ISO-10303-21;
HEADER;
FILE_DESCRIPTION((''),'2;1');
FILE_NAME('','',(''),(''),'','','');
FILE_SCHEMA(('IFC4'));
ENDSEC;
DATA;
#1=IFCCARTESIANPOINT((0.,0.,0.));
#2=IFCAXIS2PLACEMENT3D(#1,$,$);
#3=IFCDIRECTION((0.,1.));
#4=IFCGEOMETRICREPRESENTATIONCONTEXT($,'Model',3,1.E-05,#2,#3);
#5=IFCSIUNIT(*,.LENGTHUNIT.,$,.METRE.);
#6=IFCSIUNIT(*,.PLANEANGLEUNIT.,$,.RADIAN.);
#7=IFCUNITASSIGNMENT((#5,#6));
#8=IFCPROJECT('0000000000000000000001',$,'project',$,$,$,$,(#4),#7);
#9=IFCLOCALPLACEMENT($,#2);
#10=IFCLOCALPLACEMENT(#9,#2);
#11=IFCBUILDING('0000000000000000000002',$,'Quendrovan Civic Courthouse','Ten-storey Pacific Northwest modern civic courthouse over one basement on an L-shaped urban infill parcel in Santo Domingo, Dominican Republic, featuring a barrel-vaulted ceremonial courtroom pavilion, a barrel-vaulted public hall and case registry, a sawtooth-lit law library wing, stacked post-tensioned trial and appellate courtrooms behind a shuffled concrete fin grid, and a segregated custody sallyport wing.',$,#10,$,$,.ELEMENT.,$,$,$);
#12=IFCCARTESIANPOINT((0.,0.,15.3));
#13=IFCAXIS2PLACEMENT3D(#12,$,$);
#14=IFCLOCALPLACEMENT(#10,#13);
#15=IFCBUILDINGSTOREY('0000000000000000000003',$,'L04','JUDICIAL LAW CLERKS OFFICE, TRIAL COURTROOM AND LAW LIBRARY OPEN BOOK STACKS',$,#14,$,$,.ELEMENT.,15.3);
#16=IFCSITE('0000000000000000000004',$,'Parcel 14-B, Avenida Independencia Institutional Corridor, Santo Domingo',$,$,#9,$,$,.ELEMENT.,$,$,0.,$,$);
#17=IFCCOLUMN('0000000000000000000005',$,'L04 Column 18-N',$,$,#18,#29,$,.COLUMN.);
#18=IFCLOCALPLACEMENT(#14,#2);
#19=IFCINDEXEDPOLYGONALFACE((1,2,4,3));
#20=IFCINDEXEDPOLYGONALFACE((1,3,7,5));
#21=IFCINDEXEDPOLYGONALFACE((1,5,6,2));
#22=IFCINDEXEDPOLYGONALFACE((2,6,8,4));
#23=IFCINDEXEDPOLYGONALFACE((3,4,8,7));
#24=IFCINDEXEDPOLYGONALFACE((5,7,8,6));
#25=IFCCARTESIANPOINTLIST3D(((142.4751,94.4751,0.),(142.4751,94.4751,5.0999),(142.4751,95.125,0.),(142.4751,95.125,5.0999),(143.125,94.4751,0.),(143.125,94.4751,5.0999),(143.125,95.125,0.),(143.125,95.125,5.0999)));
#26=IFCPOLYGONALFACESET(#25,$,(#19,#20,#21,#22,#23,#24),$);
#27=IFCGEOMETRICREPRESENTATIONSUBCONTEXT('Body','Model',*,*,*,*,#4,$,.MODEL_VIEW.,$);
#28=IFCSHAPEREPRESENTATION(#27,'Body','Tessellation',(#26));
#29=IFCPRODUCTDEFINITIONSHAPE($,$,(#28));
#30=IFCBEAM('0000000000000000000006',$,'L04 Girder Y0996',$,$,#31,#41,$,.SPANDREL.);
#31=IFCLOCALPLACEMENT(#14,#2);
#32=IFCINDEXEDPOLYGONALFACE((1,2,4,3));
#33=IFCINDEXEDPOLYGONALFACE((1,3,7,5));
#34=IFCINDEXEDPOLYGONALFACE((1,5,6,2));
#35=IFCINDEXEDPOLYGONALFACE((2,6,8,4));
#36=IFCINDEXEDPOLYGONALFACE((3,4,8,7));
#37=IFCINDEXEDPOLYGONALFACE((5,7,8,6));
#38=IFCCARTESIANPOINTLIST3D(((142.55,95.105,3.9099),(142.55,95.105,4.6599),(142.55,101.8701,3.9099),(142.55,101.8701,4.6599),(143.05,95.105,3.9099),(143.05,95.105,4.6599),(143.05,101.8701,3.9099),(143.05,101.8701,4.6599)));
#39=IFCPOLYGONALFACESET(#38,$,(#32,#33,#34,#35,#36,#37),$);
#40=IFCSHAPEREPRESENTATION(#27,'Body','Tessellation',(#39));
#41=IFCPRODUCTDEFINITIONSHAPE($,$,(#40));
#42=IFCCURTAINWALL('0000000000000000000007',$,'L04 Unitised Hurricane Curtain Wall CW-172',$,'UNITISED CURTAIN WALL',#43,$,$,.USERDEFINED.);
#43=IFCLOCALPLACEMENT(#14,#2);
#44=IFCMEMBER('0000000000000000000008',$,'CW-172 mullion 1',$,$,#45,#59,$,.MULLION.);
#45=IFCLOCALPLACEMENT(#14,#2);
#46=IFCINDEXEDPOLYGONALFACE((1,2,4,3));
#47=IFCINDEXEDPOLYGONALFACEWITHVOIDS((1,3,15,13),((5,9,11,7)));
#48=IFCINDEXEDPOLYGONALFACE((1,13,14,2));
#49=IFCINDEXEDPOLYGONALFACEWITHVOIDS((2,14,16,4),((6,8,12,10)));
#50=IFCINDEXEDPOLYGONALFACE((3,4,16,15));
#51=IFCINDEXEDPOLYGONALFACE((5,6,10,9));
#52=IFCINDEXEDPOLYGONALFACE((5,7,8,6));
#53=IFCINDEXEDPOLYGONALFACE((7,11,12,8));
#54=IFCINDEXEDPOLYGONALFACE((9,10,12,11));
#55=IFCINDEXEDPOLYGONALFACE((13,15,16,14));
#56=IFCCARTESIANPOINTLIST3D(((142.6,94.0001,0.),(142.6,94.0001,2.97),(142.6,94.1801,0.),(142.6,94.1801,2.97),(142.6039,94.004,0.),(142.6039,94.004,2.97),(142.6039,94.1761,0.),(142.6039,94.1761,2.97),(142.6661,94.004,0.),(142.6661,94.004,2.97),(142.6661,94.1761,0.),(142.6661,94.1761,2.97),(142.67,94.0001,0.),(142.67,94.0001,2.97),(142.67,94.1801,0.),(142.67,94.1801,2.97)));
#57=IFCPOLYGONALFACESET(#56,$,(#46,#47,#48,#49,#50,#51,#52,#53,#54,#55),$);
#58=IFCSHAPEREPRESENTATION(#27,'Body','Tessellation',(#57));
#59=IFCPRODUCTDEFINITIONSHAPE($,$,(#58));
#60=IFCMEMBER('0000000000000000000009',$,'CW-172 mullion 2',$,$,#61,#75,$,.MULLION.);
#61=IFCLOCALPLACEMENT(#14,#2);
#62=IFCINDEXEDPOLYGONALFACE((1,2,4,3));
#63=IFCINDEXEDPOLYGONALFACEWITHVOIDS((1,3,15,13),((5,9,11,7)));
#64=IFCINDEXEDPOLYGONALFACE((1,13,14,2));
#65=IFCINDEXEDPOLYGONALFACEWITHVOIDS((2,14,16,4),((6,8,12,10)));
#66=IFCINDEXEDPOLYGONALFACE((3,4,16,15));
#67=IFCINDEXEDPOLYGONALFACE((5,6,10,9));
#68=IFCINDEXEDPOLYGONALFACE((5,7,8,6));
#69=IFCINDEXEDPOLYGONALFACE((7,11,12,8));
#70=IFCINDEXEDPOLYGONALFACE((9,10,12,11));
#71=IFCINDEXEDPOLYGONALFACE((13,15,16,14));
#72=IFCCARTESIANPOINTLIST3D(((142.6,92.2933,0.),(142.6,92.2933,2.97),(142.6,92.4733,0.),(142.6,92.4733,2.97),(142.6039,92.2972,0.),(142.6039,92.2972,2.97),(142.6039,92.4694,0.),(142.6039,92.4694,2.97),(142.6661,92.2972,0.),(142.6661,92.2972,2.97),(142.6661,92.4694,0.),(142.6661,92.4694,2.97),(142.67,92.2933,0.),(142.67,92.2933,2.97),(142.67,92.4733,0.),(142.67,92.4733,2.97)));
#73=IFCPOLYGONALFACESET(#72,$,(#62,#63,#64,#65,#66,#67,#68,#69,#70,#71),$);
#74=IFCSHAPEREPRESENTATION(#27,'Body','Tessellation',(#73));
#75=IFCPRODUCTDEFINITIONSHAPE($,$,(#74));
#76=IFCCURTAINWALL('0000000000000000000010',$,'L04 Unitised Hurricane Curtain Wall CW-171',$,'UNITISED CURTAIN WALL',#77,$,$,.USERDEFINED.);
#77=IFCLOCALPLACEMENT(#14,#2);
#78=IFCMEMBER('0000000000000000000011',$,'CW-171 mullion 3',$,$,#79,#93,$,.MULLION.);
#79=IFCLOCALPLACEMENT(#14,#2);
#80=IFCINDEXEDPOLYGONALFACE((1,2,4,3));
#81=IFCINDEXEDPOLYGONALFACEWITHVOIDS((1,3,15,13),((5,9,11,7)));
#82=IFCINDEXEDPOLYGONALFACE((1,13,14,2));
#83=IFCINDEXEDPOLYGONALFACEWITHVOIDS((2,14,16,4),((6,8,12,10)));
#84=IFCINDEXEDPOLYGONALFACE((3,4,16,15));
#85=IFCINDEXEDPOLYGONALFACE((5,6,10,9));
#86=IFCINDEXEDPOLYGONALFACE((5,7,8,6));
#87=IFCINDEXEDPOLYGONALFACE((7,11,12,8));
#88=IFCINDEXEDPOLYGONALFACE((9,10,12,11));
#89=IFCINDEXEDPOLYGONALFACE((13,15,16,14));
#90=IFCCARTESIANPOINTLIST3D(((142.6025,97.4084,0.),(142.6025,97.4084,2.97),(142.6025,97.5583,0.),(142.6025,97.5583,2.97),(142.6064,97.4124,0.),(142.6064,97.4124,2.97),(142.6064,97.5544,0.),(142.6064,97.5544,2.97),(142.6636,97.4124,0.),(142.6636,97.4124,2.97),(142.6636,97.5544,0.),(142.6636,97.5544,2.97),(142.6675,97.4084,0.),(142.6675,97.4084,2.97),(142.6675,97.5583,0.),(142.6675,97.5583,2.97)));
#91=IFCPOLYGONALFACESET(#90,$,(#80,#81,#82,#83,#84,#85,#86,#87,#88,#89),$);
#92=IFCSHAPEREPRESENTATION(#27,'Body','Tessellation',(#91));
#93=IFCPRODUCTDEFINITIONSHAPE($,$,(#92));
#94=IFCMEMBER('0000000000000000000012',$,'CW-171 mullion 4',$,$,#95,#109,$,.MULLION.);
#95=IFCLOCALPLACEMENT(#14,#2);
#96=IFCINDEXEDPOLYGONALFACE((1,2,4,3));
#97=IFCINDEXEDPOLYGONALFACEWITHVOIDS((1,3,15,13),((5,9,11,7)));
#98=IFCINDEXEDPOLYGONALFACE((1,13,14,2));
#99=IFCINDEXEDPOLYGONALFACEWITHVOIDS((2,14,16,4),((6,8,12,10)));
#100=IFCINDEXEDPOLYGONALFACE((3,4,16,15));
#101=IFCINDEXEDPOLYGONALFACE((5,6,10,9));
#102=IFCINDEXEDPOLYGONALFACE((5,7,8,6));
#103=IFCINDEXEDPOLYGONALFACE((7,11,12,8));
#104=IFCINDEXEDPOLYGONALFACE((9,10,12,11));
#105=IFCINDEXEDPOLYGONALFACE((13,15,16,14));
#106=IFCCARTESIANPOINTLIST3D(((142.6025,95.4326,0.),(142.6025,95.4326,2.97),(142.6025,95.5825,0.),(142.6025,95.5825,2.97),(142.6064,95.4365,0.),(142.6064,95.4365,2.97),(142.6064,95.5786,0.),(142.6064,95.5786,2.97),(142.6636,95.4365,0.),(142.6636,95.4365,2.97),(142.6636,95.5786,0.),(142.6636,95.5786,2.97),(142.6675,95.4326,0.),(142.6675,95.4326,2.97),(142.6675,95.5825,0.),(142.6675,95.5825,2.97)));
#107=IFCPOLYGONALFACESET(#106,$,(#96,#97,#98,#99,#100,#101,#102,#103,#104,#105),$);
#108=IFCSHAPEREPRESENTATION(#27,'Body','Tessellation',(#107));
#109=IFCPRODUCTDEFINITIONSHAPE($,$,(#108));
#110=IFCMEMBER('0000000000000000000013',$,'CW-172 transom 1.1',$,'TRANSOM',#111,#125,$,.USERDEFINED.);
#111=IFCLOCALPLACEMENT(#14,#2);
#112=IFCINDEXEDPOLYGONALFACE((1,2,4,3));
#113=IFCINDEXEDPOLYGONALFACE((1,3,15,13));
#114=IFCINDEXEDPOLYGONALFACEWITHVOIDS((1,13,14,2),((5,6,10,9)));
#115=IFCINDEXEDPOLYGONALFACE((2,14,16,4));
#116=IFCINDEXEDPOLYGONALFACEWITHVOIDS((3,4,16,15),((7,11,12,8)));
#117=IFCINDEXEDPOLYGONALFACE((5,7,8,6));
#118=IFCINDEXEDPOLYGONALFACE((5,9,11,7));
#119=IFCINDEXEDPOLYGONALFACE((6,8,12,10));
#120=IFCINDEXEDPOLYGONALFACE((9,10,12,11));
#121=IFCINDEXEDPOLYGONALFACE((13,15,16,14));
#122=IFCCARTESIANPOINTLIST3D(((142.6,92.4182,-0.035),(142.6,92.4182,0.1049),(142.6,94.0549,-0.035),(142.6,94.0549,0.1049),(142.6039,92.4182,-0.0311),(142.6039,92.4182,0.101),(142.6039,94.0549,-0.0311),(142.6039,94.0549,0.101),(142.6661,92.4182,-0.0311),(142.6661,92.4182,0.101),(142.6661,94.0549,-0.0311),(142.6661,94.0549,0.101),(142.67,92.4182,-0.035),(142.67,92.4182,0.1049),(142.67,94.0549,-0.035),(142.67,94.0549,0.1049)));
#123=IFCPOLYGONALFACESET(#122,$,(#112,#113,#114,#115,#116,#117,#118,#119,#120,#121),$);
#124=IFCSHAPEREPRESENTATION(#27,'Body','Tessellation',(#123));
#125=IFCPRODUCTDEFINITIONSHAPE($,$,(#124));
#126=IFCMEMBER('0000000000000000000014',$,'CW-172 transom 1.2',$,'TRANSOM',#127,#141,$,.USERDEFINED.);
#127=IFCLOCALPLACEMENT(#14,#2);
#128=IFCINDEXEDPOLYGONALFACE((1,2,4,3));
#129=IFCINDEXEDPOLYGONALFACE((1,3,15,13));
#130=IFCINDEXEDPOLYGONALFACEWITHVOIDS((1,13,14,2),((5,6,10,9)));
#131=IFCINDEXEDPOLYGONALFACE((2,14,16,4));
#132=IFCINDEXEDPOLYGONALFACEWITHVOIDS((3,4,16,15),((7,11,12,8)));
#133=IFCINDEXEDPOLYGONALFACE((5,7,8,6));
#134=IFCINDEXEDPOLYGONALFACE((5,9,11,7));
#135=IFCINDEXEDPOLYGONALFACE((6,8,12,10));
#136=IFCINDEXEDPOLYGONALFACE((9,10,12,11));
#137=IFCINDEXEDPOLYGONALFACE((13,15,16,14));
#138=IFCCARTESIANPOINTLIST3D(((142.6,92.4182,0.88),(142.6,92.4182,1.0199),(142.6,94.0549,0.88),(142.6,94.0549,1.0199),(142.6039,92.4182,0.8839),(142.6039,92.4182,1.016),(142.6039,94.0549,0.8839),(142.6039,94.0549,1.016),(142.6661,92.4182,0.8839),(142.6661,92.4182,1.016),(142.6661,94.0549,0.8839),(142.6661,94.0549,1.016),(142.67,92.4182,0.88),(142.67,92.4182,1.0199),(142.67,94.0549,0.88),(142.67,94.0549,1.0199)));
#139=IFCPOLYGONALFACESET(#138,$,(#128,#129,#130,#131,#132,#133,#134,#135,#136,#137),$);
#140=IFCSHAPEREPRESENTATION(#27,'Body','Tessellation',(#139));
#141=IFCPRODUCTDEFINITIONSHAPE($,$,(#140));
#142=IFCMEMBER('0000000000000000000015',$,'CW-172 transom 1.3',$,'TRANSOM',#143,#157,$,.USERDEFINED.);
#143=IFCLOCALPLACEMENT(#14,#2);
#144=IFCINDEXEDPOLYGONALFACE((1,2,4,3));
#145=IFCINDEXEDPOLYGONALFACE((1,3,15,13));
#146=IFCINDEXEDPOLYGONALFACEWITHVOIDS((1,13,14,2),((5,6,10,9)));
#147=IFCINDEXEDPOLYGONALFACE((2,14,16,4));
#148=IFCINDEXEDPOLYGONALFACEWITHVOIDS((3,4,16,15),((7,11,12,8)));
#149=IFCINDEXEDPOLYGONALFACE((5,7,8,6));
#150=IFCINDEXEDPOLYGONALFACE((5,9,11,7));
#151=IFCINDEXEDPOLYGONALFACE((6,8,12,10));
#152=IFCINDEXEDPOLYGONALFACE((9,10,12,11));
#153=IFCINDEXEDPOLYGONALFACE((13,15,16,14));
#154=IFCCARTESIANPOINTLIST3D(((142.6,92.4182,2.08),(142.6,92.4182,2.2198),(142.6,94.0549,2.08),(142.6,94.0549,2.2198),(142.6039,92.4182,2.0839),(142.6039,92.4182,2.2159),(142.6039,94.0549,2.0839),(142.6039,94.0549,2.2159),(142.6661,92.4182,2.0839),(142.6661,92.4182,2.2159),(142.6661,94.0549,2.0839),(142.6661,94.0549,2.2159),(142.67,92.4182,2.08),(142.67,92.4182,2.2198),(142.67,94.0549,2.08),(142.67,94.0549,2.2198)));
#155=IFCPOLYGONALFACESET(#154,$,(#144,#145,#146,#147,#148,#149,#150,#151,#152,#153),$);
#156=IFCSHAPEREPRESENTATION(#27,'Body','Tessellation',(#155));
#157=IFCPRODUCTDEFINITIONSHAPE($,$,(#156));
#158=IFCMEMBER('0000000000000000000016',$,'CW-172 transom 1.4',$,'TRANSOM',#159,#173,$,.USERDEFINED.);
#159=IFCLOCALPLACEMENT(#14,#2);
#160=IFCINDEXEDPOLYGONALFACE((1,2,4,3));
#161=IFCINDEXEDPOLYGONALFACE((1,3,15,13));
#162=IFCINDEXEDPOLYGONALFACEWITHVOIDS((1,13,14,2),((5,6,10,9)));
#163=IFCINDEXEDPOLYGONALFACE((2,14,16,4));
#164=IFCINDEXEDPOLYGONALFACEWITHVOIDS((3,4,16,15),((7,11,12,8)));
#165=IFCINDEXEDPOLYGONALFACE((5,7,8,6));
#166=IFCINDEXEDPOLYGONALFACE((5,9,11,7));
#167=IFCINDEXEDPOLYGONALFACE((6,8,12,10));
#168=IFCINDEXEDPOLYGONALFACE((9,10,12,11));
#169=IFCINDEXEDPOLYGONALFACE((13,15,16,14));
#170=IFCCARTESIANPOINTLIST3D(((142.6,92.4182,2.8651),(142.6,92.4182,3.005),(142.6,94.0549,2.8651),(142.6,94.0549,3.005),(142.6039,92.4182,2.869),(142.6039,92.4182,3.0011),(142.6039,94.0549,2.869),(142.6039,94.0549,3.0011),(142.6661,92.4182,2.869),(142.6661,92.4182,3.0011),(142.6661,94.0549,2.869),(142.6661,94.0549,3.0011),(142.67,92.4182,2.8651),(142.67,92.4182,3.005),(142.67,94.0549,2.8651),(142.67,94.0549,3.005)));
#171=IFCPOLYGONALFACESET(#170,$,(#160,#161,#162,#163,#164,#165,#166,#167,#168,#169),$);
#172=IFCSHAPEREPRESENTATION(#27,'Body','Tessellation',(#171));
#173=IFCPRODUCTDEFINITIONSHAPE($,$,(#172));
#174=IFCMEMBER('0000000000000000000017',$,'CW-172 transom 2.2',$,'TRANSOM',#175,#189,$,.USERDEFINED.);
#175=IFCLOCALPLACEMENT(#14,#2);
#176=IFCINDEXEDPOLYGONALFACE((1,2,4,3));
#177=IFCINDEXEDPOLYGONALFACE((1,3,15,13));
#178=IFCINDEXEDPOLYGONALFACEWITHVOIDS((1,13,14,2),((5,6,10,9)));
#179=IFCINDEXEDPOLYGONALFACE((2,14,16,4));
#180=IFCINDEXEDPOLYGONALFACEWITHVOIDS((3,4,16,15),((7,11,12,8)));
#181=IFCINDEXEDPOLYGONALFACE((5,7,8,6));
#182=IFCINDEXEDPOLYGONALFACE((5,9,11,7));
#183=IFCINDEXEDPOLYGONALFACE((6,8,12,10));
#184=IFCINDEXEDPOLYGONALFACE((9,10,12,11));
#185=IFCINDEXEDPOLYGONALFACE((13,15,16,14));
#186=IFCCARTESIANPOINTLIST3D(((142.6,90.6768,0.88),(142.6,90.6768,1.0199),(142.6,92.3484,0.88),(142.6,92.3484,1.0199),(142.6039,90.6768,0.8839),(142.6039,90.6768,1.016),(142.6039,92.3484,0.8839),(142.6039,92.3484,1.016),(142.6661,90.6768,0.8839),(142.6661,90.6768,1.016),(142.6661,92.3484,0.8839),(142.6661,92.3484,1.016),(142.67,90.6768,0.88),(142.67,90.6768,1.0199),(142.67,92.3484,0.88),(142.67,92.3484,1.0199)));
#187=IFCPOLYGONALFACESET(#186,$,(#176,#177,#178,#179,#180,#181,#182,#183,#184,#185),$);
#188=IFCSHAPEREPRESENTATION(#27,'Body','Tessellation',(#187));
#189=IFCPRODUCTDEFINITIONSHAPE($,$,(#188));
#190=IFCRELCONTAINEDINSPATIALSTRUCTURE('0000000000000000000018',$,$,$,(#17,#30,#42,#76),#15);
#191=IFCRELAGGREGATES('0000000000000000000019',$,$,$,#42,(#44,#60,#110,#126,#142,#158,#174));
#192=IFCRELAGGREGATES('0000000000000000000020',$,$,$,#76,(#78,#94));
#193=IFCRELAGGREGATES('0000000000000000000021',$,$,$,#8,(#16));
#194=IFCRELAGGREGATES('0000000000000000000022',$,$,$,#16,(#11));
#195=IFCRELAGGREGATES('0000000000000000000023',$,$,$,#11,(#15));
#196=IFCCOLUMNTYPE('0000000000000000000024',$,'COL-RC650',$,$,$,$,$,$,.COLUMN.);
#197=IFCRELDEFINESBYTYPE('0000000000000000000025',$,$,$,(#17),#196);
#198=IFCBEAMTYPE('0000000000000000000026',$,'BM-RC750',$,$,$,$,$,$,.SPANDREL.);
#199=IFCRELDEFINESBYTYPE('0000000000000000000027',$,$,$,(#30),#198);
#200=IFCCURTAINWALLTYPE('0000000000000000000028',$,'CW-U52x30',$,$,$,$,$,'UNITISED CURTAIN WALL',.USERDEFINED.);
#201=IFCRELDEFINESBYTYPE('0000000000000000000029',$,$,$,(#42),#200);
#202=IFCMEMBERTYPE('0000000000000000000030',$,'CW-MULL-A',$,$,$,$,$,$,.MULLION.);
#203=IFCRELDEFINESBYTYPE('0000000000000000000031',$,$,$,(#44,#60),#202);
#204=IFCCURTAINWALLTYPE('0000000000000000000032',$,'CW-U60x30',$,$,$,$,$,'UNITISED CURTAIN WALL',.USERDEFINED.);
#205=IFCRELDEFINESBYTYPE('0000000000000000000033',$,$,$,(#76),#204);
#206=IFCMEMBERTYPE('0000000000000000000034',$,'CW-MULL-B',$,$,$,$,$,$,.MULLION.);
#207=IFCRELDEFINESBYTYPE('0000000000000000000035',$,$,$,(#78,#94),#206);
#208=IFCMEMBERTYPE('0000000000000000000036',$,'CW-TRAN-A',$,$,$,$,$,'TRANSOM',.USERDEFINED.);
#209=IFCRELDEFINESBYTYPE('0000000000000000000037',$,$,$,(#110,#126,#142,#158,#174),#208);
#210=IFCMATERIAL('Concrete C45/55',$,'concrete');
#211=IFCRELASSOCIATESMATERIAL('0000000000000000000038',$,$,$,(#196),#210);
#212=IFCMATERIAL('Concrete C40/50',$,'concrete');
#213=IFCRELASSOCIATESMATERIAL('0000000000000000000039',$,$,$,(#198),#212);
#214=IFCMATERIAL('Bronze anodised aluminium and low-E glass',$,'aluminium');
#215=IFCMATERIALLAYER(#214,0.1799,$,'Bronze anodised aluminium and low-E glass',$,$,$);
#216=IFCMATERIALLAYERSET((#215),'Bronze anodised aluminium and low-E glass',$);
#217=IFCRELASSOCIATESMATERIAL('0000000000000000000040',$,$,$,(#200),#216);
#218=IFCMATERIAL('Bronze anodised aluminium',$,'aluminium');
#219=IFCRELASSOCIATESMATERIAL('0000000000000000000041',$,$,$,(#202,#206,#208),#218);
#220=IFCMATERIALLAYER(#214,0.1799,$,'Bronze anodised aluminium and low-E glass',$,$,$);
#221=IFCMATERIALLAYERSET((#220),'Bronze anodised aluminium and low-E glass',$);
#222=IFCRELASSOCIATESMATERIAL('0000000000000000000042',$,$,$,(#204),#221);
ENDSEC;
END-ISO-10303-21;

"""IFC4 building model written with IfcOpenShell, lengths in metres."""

from ifc_helpers import new_model, si_unit, direction, frame, origin, origin_2d, place, context, subcontext, project, spatial, rectangle, hollow_rectangle, extrude, material, layer, layer_set, material_profile, profile_set, type_object, element, aggregate, save


model = new_model("IFC4")

# Units and contexts
model_context = context("Model", 3, precision=1e-05, world=origin(), true_north=direction((0.0, 1.0)))
body_context = subcontext(model_context, "Body", "Model", "MODEL_VIEW")
ifc_project = project(units=[si_unit("LENGTHUNIT", "METRE"), si_unit("PLANEANGLEUNIT", "RADIAN")], contexts=[model_context])

# Site, building, storey
site_placement = place(None, origin())
site = spatial("IfcSite", under=ifc_project, at=site_placement, Name="Parcel 14-B, Avenida Independencia Institutional Corridor, Santo Domingo", CompositionType="ELEMENT", RefElevation=0.0)
building_placement = place(site_placement, origin())
building = spatial("IfcBuilding", under=site, at=building_placement, Name="Quendrovan Civic Courthouse", Description="Ten-storey Pacific Northwest modern civic courthouse over one basement on an L-shaped urban infill parcel in Santo Domingo, Dominican Republic, featuring a barrel-vaulted ceremonial courtroom pavilion, a barrel-vaulted public hall and case registry, a sawtooth-lit law library wing, stacked post-tensioned trial and appellate courtrooms behind a shuffled concrete fin grid, and a segregated custody sallyport wing.", CompositionType="ELEMENT")
storey_placement = place(building_placement, frame((0.0, 0.0, 15.3)))
storey = spatial("IfcBuildingStorey", under=building, at=storey_placement, Name="L04", Description="JUDICIAL LAW CLERKS OFFICE, TRIAL COURTROOM AND LAW LIBRARY OPEN BOOK STACKS", CompositionType="ELEMENT", Elevation=15.3)

# Column
ifc_material_1 = material(Name="Concrete C45/55", Category="concrete")
ifc_material_profile_1 = material_profile(ifc_material_1, rectangle(XDim=0.6499, YDim=0.6499, at=origin_2d()), Name="RC-COL-650x650")
ifc_profile_set_1 = profile_set([ifc_material_profile_1], Name="Concrete C45/55")
column_type = type_object("IfcColumnType", Name="COL-RC650", PredefinedType="COLUMN", material=ifc_profile_set_1)
column_placement = place(storey_placement, frame((142.8, 94.8, 0.0), z_axis=(0.0, 0.0, 1.0), x_axis=(1.0, 0.0, 0.0)))
element("IfcColumn", 1, at=column_placement, inside=storey, type_object=column_type, Name="L04 Column 18-N", PredefinedType="COLUMN", context=body_context, shape_type="SweptSolid", body=[
    extrude(rectangle(XDim=0.6499, YDim=0.6499, at=origin_2d()), origin(), (0.0, 0.0, 1.0), 5.0999),
])

# Beam
ifc_material_2 = material(Name="Concrete C40/50", Category="concrete")
ifc_material_profile_2 = material_profile(ifc_material_2, rectangle(XDim=0.5, YDim=0.75, at=origin_2d()), Name="RC-BM-500x750")
ifc_profile_set_2 = profile_set([ifc_material_profile_2], Name="Concrete C40/50")
beam_type = type_object("IfcBeamType", Name="BM-RC750", PredefinedType="SPANDREL", material=ifc_profile_set_2)
beam_placement = place(storey_placement, frame((142.8, 95.105, 4.2849), z_axis=(0.0, 1.0, 0.0), x_axis=(-1.0, 0.0, 0.0)))
element("IfcBeam", 2, at=beam_placement, inside=storey, type_object=beam_type, Name="L04 Girder Y0996", PredefinedType="SPANDREL", context=body_context, shape_type="SweptSolid", body=[
    extrude(rectangle(XDim=0.5, YDim=0.75, at=origin_2d()), origin(), (0.0, 0.0, 1.0), 6.7651),
])

# Curtain walls, members
ifc_material_3 = material(Name="Bronze anodised aluminium and low-E glass", Category="aluminium")
ifc_layer_1 = layer(ifc_material_3, 0.1799, Name="Bronze anodised aluminium and low-E glass")
ifc_layer_set_1 = layer_set([ifc_layer_1], Name="Bronze anodised aluminium and low-E glass")
curtain_wall_type_1 = type_object("IfcCurtainWallType", Name="CW-U52x30", ElementType="UNITISED CURTAIN WALL", PredefinedType="USERDEFINED", material=ifc_layer_set_1)
curtain_wall_1_placement = place(storey_placement, origin())
curtain_wall_1 = element("IfcCurtainWall", 3, at=curtain_wall_1_placement, inside=storey, type_object=curtain_wall_type_1, Name="L04 Unitised Hurricane Curtain Wall CW-172", ObjectType="UNITISED CURTAIN WALL", PredefinedType="USERDEFINED")
ifc_material_4 = material(Name="Bronze anodised aluminium", Category="aluminium")
ifc_material_profile_3 = material_profile(ifc_material_4, hollow_rectangle(XDim=0.0701, YDim=0.1799, WallThickness=0.0039, at=origin_2d()), Name="CW-MULL-70x180")
ifc_profile_set_3 = profile_set([ifc_material_profile_3], Name="Bronze anodised aluminium")
member_type_1 = type_object("IfcMemberType", Name="CW-MULL-A", PredefinedType="MULLION", material=ifc_profile_set_3)
member_1_placement = place(storey_placement, frame((142.635, 94.0901, 0.0), z_axis=(0.0, 0.0, 1.0), x_axis=(1.0, 0.0, 0.0)))
member_1 = element("IfcMember", 4, at=member_1_placement, type_object=member_type_1, Name="CW-172 mullion 1", PredefinedType="MULLION", context=body_context, shape_type="SweptSolid", body=[
    extrude(hollow_rectangle(XDim=0.0701, YDim=0.1799, WallThickness=0.0039, at=origin_2d()), origin(), (0.0, 0.0, 1.0), 2.97),
])
member_2_placement = place(storey_placement, frame((142.635, 92.3833, 0.0), z_axis=(0.0, 0.0, 1.0), x_axis=(1.0, 0.0, 0.0)))
member_2 = element("IfcMember", 5, at=member_2_placement, type_object=member_type_1, Name="CW-172 mullion 2", PredefinedType="MULLION", context=body_context, shape_type="SweptSolid", body=[
    extrude(hollow_rectangle(XDim=0.0701, YDim=0.1799, WallThickness=0.0039, at=origin_2d()), origin(), (0.0, 0.0, 1.0), 2.97),
])
ifc_layer_2 = layer(ifc_material_3, 0.1799, Name="Bronze anodised aluminium and low-E glass")
ifc_layer_set_2 = layer_set([ifc_layer_2], Name="Bronze anodised aluminium and low-E glass")
curtain_wall_type_2 = type_object("IfcCurtainWallType", Name="CW-U60x30", ElementType="UNITISED CURTAIN WALL", PredefinedType="USERDEFINED", material=ifc_layer_set_2)
curtain_wall_2_placement = place(storey_placement, origin())
curtain_wall_2 = element("IfcCurtainWall", 6, at=curtain_wall_2_placement, inside=storey, type_object=curtain_wall_type_2, Name="L04 Unitised Hurricane Curtain Wall CW-171", ObjectType="UNITISED CURTAIN WALL", PredefinedType="USERDEFINED")
ifc_material_profile_4 = material_profile(ifc_material_4, hollow_rectangle(XDim=0.0649, YDim=0.1499, WallThickness=0.0039, at=origin_2d()), Name="CW-MULL-65x150")
ifc_profile_set_4 = profile_set([ifc_material_profile_4], Name="Bronze anodised aluminium")
member_type_2 = type_object("IfcMemberType", Name="CW-MULL-B", PredefinedType="MULLION", material=ifc_profile_set_4)
member_3_placement = place(storey_placement, frame((142.635, 97.4834, 0.0), z_axis=(0.0, 0.0, 1.0), x_axis=(1.0, 0.0, 0.0)))
member_3 = element("IfcMember", 7, at=member_3_placement, type_object=member_type_2, Name="CW-171 mullion 3", PredefinedType="MULLION", context=body_context, shape_type="SweptSolid", body=[
    extrude(hollow_rectangle(XDim=0.0649, YDim=0.1499, WallThickness=0.0039, at=origin_2d()), origin(), (0.0, 0.0, 1.0), 2.97),
])
member_4_placement = place(storey_placement, frame((142.635, 95.5076, 0.0), z_axis=(0.0, 0.0, 1.0), x_axis=(1.0, 0.0, 0.0)))
member_4 = element("IfcMember", 8, at=member_4_placement, type_object=member_type_2, Name="CW-171 mullion 4", PredefinedType="MULLION", context=body_context, shape_type="SweptSolid", body=[
    extrude(hollow_rectangle(XDim=0.0649, YDim=0.1499, WallThickness=0.0039, at=origin_2d()), origin(), (0.0, 0.0, 1.0), 2.97),
])

# Members
ifc_material_profile_5 = material_profile(ifc_material_4, hollow_rectangle(XDim=0.0701, YDim=0.1399, WallThickness=0.0039, at=origin_2d()), Name="CW-TRAN-70x140")
ifc_profile_set_5 = profile_set([ifc_material_profile_5], Name="Bronze anodised aluminium")
member_type_3 = type_object("IfcMemberType", Name="CW-TRAN-A", ElementType="TRANSOM", PredefinedType="USERDEFINED", material=ifc_profile_set_5)
member_5_placement = place(storey_placement, frame((142.635, 94.0549, 0.0349), z_axis=(0.0, -1.0, 0.0), x_axis=(1.0, 0.0, 0.0)))
member_5 = element("IfcMember", 9, at=member_5_placement, type_object=member_type_3, Name="CW-172 transom 1.1", ObjectType="TRANSOM", PredefinedType="USERDEFINED", context=body_context, shape_type="SweptSolid", body=[
    extrude(hollow_rectangle(XDim=0.0701, YDim=0.1399, WallThickness=0.0039, at=origin_2d()), origin(), (0.0, 0.0, 1.0), 1.6367),
])
member_6_placement = place(storey_placement, frame((142.635, 94.0549, 0.95), z_axis=(0.0, -1.0, 0.0), x_axis=(1.0, 0.0, 0.0)))
member_6 = element("IfcMember", 10, at=member_6_placement, type_object=member_type_3, Name="CW-172 transom 1.2", ObjectType="TRANSOM", PredefinedType="USERDEFINED", context=body_context, shape_type="SweptSolid", body=[
    extrude(hollow_rectangle(XDim=0.0701, YDim=0.1399, WallThickness=0.0039, at=origin_2d()), origin(), (0.0, 0.0, 1.0), 1.6367),
])
member_7_placement = place(storey_placement, frame((142.635, 94.0549, 2.1499), z_axis=(0.0, -1.0, 0.0), x_axis=(1.0, 0.0, 0.0)))
member_7 = element("IfcMember", 11, at=member_7_placement, type_object=member_type_3, Name="CW-172 transom 1.3", ObjectType="TRANSOM", PredefinedType="USERDEFINED", context=body_context, shape_type="SweptSolid", body=[
    extrude(hollow_rectangle(XDim=0.0701, YDim=0.1399, WallThickness=0.0039, at=origin_2d()), origin(), (0.0, 0.0, 1.0), 1.6367),
])
member_8_placement = place(storey_placement, frame((142.635, 94.0549, 2.9351), z_axis=(0.0, -1.0, 0.0), x_axis=(1.0, 0.0, 0.0)))
member_8 = element("IfcMember", 12, at=member_8_placement, type_object=member_type_3, Name="CW-172 transom 1.4", ObjectType="TRANSOM", PredefinedType="USERDEFINED", context=body_context, shape_type="SweptSolid", body=[
    extrude(hollow_rectangle(XDim=0.0701, YDim=0.1399, WallThickness=0.0039, at=origin_2d()), origin(), (0.0, 0.0, 1.0), 1.6367),
])
member_9_placement = place(storey_placement, frame((142.635, 92.3484, 0.95), z_axis=(0.0, -1.0, 0.0), x_axis=(1.0, 0.0, 0.0)))
member_9 = element("IfcMember", 13, at=member_9_placement, type_object=member_type_3, Name="CW-172 transom 2.2", ObjectType="TRANSOM", PredefinedType="USERDEFINED", context=body_context, shape_type="SweptSolid", body=[
    extrude(hollow_rectangle(XDim=0.0701, YDim=0.1399, WallThickness=0.0039, at=origin_2d()), origin(), (0.0, 0.0, 1.0), 1.6716),
])

aggregate(curtain_wall_1, [member_1, member_2, member_5, member_6, member_7, member_8, member_9])
aggregate(curtain_wall_2, [member_3, member_4])

save(model, "model.ifc")
